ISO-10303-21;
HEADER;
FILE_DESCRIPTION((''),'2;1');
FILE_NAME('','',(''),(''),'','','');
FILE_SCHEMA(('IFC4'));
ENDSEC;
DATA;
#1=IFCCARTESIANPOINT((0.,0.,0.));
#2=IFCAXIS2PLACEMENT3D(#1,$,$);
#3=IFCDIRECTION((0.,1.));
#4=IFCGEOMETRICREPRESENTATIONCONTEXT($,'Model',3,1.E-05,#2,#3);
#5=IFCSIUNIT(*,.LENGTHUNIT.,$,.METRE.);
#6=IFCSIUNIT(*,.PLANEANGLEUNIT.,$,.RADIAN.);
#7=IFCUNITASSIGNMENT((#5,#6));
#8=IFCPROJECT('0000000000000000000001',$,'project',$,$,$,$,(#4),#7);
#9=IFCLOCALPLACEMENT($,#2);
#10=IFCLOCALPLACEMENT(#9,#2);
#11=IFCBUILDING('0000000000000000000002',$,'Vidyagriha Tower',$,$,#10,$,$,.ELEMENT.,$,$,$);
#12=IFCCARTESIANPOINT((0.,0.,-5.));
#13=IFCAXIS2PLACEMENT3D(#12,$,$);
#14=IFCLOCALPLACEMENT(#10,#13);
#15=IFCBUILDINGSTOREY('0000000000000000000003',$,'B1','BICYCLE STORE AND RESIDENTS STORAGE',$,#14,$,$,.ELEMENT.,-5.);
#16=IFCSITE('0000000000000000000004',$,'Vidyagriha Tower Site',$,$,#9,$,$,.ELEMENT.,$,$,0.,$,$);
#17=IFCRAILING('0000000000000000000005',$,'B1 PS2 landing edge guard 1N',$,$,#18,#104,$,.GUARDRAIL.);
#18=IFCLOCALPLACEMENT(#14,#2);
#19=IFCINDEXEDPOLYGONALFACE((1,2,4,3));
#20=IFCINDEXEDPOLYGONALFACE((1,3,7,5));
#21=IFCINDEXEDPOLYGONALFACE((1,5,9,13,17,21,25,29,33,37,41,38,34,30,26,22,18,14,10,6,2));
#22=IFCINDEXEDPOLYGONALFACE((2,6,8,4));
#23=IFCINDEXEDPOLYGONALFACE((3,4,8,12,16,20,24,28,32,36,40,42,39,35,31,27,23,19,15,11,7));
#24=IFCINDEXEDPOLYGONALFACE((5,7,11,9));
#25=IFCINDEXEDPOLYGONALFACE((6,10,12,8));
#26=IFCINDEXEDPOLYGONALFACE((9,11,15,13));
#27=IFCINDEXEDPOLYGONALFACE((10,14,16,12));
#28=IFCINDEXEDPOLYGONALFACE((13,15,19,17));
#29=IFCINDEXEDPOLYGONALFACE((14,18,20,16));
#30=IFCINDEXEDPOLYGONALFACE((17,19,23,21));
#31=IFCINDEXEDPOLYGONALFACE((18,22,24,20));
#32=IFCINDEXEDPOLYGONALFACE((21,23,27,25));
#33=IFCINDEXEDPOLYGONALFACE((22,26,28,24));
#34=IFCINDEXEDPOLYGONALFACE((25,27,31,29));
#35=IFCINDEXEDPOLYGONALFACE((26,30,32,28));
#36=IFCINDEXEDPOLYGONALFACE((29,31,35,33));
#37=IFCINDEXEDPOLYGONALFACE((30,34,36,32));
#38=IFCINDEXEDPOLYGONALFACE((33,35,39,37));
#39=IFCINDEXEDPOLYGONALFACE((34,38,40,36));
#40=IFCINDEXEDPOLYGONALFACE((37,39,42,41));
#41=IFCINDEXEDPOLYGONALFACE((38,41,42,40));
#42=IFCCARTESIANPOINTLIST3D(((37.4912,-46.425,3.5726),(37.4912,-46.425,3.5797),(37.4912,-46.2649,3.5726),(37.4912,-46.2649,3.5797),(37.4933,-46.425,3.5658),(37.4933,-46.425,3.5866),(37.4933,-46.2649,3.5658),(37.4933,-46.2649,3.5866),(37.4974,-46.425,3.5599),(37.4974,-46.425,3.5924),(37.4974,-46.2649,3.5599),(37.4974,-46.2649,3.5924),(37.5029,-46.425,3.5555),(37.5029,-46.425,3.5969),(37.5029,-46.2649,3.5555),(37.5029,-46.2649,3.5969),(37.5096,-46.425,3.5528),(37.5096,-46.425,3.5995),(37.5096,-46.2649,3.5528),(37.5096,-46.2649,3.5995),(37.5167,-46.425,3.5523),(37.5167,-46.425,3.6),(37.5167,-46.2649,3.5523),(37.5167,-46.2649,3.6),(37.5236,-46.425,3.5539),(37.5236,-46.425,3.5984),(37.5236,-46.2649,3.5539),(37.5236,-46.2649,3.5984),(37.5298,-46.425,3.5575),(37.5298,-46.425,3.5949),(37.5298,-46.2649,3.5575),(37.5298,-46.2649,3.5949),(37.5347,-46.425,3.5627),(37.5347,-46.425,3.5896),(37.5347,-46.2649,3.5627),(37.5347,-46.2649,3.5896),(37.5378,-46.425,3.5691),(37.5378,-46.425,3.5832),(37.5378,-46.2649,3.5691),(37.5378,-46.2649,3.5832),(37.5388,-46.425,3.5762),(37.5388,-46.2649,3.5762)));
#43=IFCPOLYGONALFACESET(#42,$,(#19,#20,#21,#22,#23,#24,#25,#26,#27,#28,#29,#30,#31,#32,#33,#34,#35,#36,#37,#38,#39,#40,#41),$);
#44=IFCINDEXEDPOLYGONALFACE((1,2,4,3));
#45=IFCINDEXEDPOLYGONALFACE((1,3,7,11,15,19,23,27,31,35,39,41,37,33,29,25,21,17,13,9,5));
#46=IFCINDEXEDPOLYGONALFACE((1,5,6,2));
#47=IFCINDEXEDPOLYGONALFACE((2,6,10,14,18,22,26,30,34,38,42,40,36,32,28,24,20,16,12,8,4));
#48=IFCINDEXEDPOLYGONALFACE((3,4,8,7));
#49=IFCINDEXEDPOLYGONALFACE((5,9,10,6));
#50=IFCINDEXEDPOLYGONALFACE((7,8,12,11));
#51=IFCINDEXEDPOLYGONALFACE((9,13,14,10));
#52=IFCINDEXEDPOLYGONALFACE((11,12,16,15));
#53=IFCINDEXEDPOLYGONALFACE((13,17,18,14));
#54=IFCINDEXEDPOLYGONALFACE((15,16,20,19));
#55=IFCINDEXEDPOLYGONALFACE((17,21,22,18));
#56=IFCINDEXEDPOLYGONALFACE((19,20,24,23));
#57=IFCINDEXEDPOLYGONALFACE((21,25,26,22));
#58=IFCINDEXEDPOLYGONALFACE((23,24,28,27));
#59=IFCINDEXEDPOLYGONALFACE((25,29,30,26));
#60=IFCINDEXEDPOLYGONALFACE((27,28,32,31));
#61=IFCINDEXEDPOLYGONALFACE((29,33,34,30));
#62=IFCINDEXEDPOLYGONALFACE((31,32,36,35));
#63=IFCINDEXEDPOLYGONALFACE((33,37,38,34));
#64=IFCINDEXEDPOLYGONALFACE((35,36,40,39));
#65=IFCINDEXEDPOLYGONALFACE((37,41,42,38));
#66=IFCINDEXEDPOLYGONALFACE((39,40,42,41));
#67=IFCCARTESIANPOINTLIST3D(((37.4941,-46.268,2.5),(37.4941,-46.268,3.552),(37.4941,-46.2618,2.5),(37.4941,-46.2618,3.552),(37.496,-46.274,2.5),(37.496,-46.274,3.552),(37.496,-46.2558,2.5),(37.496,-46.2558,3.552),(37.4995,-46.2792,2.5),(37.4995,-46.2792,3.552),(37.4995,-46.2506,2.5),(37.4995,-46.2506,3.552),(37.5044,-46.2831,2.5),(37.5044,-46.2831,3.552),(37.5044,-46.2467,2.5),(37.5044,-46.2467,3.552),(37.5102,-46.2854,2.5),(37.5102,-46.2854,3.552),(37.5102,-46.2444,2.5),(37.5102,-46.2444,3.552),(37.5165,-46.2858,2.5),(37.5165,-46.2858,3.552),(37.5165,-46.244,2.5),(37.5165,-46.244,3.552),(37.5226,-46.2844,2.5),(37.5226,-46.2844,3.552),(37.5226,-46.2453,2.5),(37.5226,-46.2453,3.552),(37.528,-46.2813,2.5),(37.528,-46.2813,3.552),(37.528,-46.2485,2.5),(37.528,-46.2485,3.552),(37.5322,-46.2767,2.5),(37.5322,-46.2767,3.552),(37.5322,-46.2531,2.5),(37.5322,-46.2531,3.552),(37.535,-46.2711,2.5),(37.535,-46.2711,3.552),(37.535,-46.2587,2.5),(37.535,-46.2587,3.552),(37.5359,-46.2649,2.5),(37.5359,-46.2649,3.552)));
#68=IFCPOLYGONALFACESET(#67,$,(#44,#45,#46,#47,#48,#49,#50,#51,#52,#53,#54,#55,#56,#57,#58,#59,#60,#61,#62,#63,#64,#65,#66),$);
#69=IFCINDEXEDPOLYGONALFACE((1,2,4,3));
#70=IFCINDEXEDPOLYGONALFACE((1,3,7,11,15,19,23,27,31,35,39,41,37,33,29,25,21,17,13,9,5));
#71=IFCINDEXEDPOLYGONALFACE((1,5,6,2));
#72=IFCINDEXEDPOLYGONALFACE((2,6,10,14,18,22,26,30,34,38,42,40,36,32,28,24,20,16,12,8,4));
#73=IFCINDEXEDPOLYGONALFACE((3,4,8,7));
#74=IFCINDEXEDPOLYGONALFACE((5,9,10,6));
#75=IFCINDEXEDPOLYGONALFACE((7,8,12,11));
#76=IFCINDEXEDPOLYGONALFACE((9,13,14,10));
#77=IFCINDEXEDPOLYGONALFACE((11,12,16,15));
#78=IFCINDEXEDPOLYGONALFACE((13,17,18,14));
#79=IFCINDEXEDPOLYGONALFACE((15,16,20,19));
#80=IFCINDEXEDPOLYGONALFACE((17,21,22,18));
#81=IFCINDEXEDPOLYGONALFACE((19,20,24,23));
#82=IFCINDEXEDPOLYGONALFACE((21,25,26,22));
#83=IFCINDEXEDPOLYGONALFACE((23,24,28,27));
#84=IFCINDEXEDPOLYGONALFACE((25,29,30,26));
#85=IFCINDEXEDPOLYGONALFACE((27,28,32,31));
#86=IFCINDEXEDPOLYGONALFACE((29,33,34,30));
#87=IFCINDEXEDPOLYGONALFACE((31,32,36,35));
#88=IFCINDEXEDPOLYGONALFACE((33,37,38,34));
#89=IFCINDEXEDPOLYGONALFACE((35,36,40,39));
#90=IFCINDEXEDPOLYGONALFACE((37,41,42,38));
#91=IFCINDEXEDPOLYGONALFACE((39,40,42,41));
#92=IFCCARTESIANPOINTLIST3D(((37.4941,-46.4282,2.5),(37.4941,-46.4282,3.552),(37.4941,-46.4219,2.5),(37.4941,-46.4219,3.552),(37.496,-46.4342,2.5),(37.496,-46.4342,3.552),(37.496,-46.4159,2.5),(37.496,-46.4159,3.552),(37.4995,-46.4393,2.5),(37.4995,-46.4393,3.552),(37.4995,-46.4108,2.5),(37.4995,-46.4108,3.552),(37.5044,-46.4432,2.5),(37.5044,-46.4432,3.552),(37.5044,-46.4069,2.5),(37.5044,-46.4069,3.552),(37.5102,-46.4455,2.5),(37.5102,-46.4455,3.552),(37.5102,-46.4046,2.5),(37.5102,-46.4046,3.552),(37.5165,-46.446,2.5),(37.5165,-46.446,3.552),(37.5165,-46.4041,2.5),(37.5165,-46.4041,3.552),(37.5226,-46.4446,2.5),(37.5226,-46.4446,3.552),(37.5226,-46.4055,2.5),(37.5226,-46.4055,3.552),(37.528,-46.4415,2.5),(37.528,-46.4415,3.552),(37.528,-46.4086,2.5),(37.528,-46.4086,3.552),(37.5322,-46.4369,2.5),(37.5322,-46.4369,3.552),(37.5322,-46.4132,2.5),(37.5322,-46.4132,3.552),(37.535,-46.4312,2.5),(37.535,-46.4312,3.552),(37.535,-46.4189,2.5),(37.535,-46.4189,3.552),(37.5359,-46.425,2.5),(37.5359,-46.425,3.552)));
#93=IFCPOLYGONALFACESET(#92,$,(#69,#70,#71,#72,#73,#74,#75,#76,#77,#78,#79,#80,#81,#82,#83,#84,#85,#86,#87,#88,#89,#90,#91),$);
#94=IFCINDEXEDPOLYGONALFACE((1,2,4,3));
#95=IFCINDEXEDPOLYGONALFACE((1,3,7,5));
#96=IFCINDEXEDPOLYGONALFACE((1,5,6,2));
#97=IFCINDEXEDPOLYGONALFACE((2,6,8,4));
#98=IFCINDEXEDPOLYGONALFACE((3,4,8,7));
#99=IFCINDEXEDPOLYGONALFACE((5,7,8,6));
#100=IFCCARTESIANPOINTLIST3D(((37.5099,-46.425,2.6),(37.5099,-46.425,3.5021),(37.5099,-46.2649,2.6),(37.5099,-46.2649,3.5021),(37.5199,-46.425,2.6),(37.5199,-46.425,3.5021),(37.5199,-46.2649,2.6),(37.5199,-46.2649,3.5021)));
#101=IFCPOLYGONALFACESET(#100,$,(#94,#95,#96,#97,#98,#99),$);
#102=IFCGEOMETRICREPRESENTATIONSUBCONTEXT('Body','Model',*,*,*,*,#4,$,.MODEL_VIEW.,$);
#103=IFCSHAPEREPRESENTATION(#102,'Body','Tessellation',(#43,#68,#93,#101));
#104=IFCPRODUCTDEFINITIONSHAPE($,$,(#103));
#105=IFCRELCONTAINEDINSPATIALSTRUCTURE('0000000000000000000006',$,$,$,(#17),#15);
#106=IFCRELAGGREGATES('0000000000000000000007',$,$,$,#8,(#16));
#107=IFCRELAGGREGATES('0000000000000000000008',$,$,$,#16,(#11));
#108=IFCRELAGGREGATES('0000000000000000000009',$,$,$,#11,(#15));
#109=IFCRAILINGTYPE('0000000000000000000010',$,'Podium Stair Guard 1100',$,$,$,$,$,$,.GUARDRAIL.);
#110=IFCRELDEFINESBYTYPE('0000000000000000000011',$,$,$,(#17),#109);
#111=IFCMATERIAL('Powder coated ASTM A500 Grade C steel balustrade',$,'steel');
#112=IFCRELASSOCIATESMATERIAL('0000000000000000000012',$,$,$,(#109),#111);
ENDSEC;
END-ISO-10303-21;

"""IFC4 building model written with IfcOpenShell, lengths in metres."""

from ifc_helpers import new_model, si_unit, direction, frame, origin, origin_2d, place, context, subcontext, project, spatial, rectangle, circle, extrude, material, type_object, element, save


model = new_model("IFC4")

# Units and contexts
model_context = context("Model", 3, precision=1e-05, world=origin(), true_north=direction((0.0, 1.0)))
body_context = subcontext(model_context, "Body", "Model", "MODEL_VIEW")
ifc_project = project(units=[si_unit("LENGTHUNIT", "METRE"), si_unit("PLANEANGLEUNIT", "RADIAN")], contexts=[model_context])

# Site, building, storey
site_placement = place(None, origin())
site = spatial("IfcSite", under=ifc_project, at=site_placement, Name="Vidyagriha Tower Site", CompositionType="ELEMENT", RefElevation=0.0)
building_placement = place(site_placement, origin())
building = spatial("IfcBuilding", under=site, at=building_placement, Name="Vidyagriha Tower", CompositionType="ELEMENT")
storey_placement = place(building_placement, frame((0.0, 0.0, -5.0)))
storey = spatial("IfcBuildingStorey", under=building, at=storey_placement, Name="B1", Description="BICYCLE STORE AND RESIDENTS STORAGE", CompositionType="ELEMENT", Elevation=-5.0)

# Railing
ifc_material_1 = material(Name="Powder coated ASTM A500 Grade C steel balustrade", Category="steel")
railing_type_1 = type_object("IfcRailingType", Name="Podium Stair Guard 1100", PredefinedType="GUARDRAIL", material=ifc_material_1)
railing_1_placement = place(storey_placement, frame((37.5149, -46.2649, 2.5)))
element("IfcRailing", 1, at=railing_1_placement, inside=storey, type_object=railing_type_1, Name="B1 PS2 landing edge guard 1N", PredefinedType="GUARDRAIL", context=body_context, shape_type="SweptSolid", body=[
    extrude(circle(Radius=0.0239, at=origin_2d()), frame((0.0, 0.0, 1.0762), z_axis=(0.0, -1.0, 0.0), x_axis=(1.0, 0.0, 0.0)), (0.0, 0.0, 1.0), 0.1602),
    extrude(circle(Radius=0.021, at=origin_2d()), origin(), (0.0, 0.0, 1.0), 1.052),
    extrude(circle(Radius=0.021, at=origin_2d()), frame((0.0, -0.1602, 0.0)), (0.0, 0.0, 1.0), 1.052),
    extrude(rectangle(XDim=0.01, YDim=0.9021, at=origin_2d()), frame((0.0, 0.0, 0.551), z_axis=(0.0, -1.0, 0.0), x_axis=(1.0, 0.0, 0.0)), (0.0, 0.0, 1.0), 0.1602),
])

save(model, "model.ifc")
